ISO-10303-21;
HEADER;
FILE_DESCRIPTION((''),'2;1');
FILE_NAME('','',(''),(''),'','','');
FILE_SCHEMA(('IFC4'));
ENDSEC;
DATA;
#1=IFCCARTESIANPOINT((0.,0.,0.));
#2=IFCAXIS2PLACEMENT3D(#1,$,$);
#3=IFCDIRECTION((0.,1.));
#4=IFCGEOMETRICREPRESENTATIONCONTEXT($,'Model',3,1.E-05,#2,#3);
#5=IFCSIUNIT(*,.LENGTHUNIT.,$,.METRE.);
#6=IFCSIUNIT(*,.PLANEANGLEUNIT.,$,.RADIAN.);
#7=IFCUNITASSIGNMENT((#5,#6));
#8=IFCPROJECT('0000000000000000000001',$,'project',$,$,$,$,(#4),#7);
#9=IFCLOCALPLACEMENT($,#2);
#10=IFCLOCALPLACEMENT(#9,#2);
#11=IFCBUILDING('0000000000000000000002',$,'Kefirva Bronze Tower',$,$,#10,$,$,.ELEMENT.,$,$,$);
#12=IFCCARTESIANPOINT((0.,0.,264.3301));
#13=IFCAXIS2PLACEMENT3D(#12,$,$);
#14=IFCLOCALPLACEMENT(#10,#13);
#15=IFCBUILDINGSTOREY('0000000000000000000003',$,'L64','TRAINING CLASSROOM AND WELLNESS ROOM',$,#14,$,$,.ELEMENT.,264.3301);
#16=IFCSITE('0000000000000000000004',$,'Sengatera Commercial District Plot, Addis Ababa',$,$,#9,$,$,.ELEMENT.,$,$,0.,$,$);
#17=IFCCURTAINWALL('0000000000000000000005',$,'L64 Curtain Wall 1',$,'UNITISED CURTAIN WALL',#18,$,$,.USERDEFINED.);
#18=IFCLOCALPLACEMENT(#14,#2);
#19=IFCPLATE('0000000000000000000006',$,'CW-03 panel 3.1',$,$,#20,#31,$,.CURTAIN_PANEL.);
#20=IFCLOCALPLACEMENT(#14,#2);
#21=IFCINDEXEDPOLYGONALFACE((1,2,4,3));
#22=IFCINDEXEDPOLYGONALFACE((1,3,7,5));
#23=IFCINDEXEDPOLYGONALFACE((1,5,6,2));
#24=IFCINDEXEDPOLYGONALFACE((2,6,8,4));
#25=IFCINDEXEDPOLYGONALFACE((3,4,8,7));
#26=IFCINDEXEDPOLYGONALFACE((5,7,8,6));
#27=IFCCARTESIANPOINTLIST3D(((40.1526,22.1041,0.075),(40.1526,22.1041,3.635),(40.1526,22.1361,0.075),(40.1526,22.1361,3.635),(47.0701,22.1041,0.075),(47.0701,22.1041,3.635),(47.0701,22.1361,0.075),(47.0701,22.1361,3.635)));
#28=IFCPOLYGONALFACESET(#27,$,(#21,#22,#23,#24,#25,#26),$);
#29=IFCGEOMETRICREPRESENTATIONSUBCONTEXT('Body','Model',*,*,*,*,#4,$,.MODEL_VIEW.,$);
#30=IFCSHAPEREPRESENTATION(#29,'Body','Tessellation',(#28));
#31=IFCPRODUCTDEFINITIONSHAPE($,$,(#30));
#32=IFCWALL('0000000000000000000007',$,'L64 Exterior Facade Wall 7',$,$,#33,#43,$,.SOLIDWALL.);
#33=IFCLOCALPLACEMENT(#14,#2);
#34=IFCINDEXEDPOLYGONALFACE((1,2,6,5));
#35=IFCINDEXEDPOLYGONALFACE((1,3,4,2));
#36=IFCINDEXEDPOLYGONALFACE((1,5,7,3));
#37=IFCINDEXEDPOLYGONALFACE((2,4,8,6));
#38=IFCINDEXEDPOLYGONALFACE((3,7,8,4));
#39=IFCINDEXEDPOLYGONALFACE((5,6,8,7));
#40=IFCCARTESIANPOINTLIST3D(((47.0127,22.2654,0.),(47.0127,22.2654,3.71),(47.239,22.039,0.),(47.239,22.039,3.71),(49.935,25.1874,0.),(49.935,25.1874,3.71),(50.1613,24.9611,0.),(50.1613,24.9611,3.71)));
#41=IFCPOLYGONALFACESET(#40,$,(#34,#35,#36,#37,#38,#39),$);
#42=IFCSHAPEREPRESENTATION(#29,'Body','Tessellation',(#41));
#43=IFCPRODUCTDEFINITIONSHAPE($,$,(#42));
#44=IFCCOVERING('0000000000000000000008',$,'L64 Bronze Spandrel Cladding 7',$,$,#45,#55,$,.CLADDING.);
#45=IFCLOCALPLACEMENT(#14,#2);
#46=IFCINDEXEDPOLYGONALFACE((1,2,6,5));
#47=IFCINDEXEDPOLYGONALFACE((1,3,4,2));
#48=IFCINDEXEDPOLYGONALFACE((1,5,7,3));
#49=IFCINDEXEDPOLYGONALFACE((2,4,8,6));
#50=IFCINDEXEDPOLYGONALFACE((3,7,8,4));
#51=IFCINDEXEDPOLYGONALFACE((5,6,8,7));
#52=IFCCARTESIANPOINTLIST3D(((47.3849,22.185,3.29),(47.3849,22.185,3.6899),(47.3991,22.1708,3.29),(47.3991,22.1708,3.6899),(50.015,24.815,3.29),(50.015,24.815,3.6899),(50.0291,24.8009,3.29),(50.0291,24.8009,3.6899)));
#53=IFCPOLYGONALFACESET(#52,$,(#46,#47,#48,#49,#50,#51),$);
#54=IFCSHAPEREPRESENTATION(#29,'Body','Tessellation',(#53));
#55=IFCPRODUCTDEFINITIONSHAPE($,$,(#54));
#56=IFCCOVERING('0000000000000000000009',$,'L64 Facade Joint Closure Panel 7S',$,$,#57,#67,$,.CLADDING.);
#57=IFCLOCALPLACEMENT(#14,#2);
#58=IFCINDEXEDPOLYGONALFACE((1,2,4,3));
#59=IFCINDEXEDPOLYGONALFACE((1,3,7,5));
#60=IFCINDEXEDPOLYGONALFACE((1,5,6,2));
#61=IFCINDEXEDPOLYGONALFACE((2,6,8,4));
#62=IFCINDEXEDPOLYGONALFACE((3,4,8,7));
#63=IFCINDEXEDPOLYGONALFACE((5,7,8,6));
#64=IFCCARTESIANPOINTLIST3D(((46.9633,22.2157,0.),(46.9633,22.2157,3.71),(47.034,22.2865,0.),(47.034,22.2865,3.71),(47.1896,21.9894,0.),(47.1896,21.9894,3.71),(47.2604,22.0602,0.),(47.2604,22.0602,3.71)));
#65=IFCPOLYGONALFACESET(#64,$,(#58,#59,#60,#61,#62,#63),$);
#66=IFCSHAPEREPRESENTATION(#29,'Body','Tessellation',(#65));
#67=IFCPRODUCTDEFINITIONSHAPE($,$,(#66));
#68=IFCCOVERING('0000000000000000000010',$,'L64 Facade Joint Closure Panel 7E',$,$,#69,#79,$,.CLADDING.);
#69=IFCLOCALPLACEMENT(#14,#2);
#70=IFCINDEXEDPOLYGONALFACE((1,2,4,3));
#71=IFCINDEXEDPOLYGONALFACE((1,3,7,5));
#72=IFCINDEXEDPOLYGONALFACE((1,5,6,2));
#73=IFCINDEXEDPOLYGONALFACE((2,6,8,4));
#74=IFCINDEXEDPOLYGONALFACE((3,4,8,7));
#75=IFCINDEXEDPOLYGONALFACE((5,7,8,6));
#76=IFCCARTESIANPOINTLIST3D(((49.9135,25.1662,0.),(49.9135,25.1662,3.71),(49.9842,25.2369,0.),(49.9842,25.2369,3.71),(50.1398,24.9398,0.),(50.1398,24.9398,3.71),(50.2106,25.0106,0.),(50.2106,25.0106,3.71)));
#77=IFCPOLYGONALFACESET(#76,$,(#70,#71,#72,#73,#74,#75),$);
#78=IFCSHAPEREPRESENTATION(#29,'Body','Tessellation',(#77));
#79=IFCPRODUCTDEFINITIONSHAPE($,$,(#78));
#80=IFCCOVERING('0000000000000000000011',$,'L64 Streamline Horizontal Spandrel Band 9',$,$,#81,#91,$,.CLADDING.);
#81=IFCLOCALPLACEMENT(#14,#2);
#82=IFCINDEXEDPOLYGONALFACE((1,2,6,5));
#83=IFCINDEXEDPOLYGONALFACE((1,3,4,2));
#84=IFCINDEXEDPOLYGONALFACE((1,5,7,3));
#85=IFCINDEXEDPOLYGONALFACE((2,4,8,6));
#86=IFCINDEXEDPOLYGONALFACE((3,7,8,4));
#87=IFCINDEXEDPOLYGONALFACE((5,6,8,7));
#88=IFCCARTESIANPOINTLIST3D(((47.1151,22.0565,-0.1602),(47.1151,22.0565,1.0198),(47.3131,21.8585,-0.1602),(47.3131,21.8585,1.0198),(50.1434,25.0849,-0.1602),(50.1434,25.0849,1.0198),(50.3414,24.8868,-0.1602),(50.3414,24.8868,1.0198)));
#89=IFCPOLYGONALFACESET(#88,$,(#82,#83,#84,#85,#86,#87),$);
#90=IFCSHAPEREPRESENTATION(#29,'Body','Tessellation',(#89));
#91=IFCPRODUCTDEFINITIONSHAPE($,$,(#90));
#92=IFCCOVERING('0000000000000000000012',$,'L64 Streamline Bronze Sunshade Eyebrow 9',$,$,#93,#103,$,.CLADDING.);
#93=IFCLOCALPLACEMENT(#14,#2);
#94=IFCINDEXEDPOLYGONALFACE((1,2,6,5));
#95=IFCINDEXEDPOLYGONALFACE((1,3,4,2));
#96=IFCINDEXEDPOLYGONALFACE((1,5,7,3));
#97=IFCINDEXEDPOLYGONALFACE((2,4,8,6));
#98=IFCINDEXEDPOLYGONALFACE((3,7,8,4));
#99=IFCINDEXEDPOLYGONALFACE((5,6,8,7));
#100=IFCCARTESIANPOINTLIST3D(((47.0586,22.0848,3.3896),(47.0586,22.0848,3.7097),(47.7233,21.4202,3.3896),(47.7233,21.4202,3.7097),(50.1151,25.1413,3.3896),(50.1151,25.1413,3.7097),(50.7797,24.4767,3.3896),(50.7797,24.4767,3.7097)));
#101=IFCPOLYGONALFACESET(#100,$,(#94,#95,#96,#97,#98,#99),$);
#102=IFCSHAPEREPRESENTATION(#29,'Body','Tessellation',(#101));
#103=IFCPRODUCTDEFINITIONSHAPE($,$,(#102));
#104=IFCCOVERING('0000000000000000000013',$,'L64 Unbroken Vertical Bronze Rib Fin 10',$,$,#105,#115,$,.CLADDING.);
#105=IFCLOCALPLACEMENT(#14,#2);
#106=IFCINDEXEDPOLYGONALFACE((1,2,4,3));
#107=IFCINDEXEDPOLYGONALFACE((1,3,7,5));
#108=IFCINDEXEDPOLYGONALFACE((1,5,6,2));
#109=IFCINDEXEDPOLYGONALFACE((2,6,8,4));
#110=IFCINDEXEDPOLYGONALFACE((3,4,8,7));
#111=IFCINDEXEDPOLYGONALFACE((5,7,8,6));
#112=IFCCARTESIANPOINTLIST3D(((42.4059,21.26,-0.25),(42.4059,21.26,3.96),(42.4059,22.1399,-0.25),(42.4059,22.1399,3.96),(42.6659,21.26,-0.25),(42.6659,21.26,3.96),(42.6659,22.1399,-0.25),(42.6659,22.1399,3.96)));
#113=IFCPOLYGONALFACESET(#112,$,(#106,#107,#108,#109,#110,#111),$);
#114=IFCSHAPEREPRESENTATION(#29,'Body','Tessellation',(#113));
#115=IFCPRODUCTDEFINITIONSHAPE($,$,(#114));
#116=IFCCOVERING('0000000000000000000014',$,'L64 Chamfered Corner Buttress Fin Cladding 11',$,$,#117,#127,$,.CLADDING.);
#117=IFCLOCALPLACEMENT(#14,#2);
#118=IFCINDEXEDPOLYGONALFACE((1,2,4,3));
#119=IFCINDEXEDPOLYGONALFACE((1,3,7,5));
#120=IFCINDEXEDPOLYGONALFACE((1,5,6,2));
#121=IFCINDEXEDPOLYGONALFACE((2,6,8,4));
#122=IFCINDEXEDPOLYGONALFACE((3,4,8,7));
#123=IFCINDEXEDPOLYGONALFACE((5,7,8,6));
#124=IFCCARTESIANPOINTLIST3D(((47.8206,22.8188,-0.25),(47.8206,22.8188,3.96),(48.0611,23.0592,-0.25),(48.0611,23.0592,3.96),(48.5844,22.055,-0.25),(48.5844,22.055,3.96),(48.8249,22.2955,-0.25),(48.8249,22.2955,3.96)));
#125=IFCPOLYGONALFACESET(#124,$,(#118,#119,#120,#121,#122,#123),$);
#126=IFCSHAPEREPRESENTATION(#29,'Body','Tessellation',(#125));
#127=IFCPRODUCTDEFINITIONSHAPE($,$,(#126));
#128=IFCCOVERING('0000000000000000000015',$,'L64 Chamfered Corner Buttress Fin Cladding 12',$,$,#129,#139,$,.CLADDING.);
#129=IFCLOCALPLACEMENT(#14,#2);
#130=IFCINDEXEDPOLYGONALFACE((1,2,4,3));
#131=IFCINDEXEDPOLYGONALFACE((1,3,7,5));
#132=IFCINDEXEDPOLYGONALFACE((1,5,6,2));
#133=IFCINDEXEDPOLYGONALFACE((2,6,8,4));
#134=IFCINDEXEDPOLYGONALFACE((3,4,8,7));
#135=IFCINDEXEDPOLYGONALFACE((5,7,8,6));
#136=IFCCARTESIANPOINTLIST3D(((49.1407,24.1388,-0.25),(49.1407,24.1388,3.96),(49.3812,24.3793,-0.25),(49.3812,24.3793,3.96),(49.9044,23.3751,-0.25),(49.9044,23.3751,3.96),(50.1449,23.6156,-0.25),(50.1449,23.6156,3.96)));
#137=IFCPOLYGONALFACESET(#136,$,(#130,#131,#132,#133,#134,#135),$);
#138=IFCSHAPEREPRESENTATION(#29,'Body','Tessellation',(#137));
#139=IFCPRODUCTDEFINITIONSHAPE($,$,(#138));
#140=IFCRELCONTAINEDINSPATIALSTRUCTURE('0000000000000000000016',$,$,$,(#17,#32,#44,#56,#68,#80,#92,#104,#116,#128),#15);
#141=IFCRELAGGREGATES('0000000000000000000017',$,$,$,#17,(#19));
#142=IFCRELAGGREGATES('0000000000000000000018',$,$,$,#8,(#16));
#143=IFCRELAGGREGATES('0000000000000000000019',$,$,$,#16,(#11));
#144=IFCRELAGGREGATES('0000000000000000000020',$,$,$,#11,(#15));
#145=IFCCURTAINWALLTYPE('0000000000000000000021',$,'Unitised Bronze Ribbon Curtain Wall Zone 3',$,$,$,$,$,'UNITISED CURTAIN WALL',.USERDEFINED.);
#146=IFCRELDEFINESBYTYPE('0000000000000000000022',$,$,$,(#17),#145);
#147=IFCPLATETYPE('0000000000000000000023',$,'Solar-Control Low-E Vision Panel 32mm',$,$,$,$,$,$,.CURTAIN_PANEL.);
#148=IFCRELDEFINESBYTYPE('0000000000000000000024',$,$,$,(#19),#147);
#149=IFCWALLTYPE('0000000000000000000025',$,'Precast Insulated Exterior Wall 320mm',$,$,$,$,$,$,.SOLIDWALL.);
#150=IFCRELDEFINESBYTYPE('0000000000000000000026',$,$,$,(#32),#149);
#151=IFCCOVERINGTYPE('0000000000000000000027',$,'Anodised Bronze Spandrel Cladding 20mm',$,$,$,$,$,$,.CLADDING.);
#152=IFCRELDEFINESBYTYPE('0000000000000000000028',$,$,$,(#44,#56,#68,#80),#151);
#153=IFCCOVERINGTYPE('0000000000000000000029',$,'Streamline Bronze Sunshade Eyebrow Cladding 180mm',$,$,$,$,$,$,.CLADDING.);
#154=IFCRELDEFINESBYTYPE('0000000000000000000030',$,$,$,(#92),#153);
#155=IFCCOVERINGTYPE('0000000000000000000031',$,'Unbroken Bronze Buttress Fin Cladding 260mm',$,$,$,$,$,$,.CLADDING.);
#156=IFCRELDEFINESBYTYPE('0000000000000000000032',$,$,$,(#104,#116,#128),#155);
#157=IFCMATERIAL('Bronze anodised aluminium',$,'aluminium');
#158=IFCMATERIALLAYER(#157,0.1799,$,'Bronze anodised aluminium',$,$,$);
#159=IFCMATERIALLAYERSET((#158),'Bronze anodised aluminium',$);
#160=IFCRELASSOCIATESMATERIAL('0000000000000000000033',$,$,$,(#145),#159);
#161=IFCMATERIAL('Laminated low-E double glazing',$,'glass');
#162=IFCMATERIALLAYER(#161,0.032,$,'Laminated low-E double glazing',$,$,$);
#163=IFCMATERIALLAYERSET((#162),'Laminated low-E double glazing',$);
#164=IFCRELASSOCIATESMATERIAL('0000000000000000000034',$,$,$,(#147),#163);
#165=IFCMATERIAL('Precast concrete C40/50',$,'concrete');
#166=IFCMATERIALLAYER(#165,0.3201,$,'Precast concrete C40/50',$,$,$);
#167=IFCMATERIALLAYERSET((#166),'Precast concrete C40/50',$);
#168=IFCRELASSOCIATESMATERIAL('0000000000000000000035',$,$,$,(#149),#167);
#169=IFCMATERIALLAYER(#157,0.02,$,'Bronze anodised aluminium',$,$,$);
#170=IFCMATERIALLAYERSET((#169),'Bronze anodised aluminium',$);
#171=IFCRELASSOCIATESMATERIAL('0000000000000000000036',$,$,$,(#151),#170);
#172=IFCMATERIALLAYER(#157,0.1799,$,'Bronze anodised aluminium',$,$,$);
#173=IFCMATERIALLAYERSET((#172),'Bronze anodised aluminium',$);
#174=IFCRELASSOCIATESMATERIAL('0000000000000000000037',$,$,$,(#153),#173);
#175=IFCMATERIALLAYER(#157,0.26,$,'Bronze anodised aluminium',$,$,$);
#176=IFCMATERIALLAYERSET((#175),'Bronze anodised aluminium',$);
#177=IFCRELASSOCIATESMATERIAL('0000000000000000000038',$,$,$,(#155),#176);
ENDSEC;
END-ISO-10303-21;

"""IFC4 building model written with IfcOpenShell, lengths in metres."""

from ifc_helpers import new_model, si_unit, direction, frame, frame_2d, origin, origin_2d, place, context, subcontext, project, spatial, rectangle, extrude, material, layer, layer_set, type_object, element, aggregate, save


model = new_model("IFC4")

# Units and contexts
model_context = context("Model", 3, precision=1e-05, world=origin(), true_north=direction((0.0, 1.0)))
body_context = subcontext(model_context, "Body", "Model", "MODEL_VIEW")
ifc_project = project(units=[si_unit("LENGTHUNIT", "METRE"), si_unit("PLANEANGLEUNIT", "RADIAN")], contexts=[model_context])

# Site, building, storey
site_placement = place(None, origin())
site = spatial("IfcSite", under=ifc_project, at=site_placement, Name="Sengatera Commercial District Plot, Addis Ababa", CompositionType="ELEMENT", RefElevation=0.0)
building_placement = place(site_placement, origin())
building = spatial("IfcBuilding", under=site, at=building_placement, Name="Kefirva Bronze Tower", CompositionType="ELEMENT")
storey_placement = place(building_placement, frame((0.0, 0.0, 264.3301)))
storey = spatial("IfcBuildingStorey", under=building, at=storey_placement, Name="L64", Description="TRAINING CLASSROOM AND WELLNESS ROOM", CompositionType="ELEMENT", Elevation=264.3301)

# Curtain wall
ifc_material_1 = material(Name="Bronze anodised aluminium", Category="aluminium")
ifc_layer_1 = layer(ifc_material_1, 0.1799, Name="Bronze anodised aluminium")
ifc_layer_set_1 = layer_set([ifc_layer_1], Name="Bronze anodised aluminium")
curtain_wall_type = type_object("IfcCurtainWallType", Name="Unitised Bronze Ribbon Curtain Wall Zone 3", ElementType="UNITISED CURTAIN WALL", PredefinedType="USERDEFINED", material=ifc_layer_set_1)
curtain_wall_1_placement = place(storey_placement, origin())
curtain_wall_1 = element("IfcCurtainWall", 1, at=curtain_wall_1_placement, inside=storey, type_object=curtain_wall_type, Name="L64 Curtain Wall 1", ObjectType="UNITISED CURTAIN WALL", PredefinedType="USERDEFINED")

# Plate
ifc_material_2 = material(Name="Laminated low-E double glazing", Category="glass")
ifc_layer_2 = layer(ifc_material_2, 0.032, Name="Laminated low-E double glazing")
ifc_layer_set_2 = layer_set([ifc_layer_2], Name="Laminated low-E double glazing")
plate_type = type_object("IfcPlateType", Name="Solar-Control Low-E Vision Panel 32mm", PredefinedType="CURTAIN_PANEL", material=ifc_layer_set_2)
plate_placement = place(storey_placement, frame((43.6113, 22.1201, 0.075), z_axis=(0.0, 0.0, 1.0), x_axis=(1.0, 0.0, 0.0)))
plate = element("IfcPlate", 2, at=plate_placement, type_object=plate_type, Name="CW-03 panel 3.1", PredefinedType="CURTAIN_PANEL", context=body_context, shape_type="SweptSolid", body=[
    extrude(rectangle(XDim=6.9175, YDim=0.032, at=origin_2d()), origin(), (0.0, 0.0, 1.0), 3.5601),
])
aggregate(curtain_wall_1, [plate])

# Wall
ifc_material_3 = material(Name="Precast concrete C40/50", Category="concrete")
ifc_layer_3 = layer(ifc_material_3, 0.3201, Name="Precast concrete C40/50")
ifc_layer_set_3 = layer_set([ifc_layer_3], Name="Precast concrete C40/50")
wall_type = type_object("IfcWallType", Name="Precast Insulated Exterior Wall 320mm", PredefinedType="SOLIDWALL", material=ifc_layer_set_3)
wall_placement = place(storey_placement, frame((47.1257, 22.1521, 0.0), z_axis=(0.0, 0.0, 1.0), x_axis=(0.707136, 0.707077, 0.0)))
element("IfcWall", 3, at=wall_placement, inside=storey, type_object=wall_type, Name="L64 Exterior Facade Wall 7", PredefinedType="SOLIDWALL", context=body_context, shape_type="SweptSolid", body=[
    extrude(rectangle(XDim=4.1326, YDim=0.3201, at=frame_2d((2.0664, 0.0))), origin(), (0.0, 0.0, 1.0), 3.71),
])

# Coverings
ifc_layer_4 = layer(ifc_material_1, 0.02, Name="Bronze anodised aluminium")
ifc_layer_set_4 = layer_set([ifc_layer_4], Name="Bronze anodised aluminium")
covering_type_1 = type_object("IfcCoveringType", Name="Anodised Bronze Spandrel Cladding 20mm", PredefinedType="CLADDING", material=ifc_layer_set_4)
covering_1_placement = place(storey_placement, frame((48.707, 23.4929, 3.29), z_axis=(0.0, 0.0, 1.0), x_axis=(0.707107, 0.707107, 0.0)))
element("IfcCovering", 4, at=covering_1_placement, inside=storey, type_object=covering_type_1, Name="L64 Bronze Spandrel Cladding 7", PredefinedType="CLADDING", context=body_context, shape_type="SweptSolid", body=[
    extrude(rectangle(XDim=3.7195, YDim=0.02, at=origin_2d()), origin(), (0.0, 0.0, 1.0), 0.3999),
])
for number, where, z_axis, x_axis, name in (
    (5, (47.1118, 22.1379, 0.0), (0.0, 0.0, 1.0), (0.707107, 0.707107, 0.0), "L64 Facade Joint Closure Panel 7S"),
    (6, (50.062, 25.0884, 0.0), (0.0, 0.0, 1.0), (0.707107, 0.707107, 0.0), "L64 Facade Joint Closure Panel 7E"),
):
    element("IfcCovering", number, at=place(storey_placement, frame(where, z_axis=z_axis, x_axis=x_axis)), inside=storey, type_object=covering_type_1, Name=name, PredefinedType="CLADDING", context=body_context, shape_type="SweptSolid", body=[
        extrude(rectangle(XDim=0.1001, YDim=0.3201, at=origin_2d()), origin(), (0.0, 0.0, 1.0), 3.71),
    ])
covering_2_placement = place(storey_placement, frame((48.7283, 23.4717, -0.1602), z_axis=(0.0, 0.0, 1.0), x_axis=(0.707107, 0.707107, 0.0)))
element("IfcCovering", 7, at=covering_2_placement, inside=storey, type_object=covering_type_1, Name="L64 Streamline Horizontal Spandrel Band 9", PredefinedType="CLADDING", context=body_context, shape_type="SweptSolid", body=[
    extrude(rectangle(XDim=4.2827, YDim=0.28, at=origin_2d()), origin(), (0.0, 0.0, 1.0), 1.1799),
])
ifc_layer_5 = layer(ifc_material_1, 0.1799, Name="Bronze anodised aluminium")
ifc_layer_set_5 = layer_set([ifc_layer_5], Name="Bronze anodised aluminium")
covering_type_2 = type_object("IfcCoveringType", Name="Streamline Bronze Sunshade Eyebrow Cladding 180mm", PredefinedType="CLADDING", material=ifc_layer_set_5)
covering_3_placement = place(storey_placement, frame((48.9192, 23.2808, 3.3896), z_axis=(0.0, 0.0, 1.0), x_axis=(0.707107, 0.707107, 0.0)))
element("IfcCovering", 8, at=covering_3_placement, inside=storey, type_object=covering_type_2, Name="L64 Streamline Bronze Sunshade Eyebrow 9", PredefinedType="CLADDING", context=body_context, shape_type="SweptSolid", body=[
    extrude(rectangle(XDim=4.3225, YDim=0.9399, at=origin_2d()), origin(), (0.0, 0.0, 1.0), 0.3201),
])
ifc_layer_6 = layer(ifc_material_1, 0.26, Name="Bronze anodised aluminium")
ifc_layer_set_6 = layer_set([ifc_layer_6], Name="Bronze anodised aluminium")
covering_type_3 = type_object("IfcCoveringType", Name="Unbroken Bronze Buttress Fin Cladding 260mm", PredefinedType="CLADDING", material=ifc_layer_set_6)
covering_4_placement = place(storey_placement, frame((42.5359, 21.7, -0.25), z_axis=(0.0, 0.0, 1.0), x_axis=(1.0, 0.0, 0.0)))
element("IfcCovering", 9, at=covering_4_placement, inside=storey, type_object=covering_type_3, Name="L64 Unbroken Vertical Bronze Rib Fin 10", PredefinedType="CLADDING", context=body_context, shape_type="SweptSolid", body=[
    extrude(rectangle(XDim=0.26, YDim=0.8799, at=origin_2d()), origin(), (0.0, 0.0, 1.0), 4.21),
])
for number, where, z_axis, x_axis, name in (
    (10, (48.3228, 22.5571, -0.25), (0.0, 0.0, 1.0), (0.707107, 0.707107, 0.0), "L64 Chamfered Corner Buttress Fin Cladding 11"),
    (11, (49.6428, 23.8772, -0.25), (0.0, 0.0, 1.0), (0.707107, 0.707107, 0.0), "L64 Chamfered Corner Buttress Fin Cladding 12"),
):
    element("IfcCovering", number, at=place(storey_placement, frame(where, z_axis=z_axis, x_axis=x_axis)), inside=storey, type_object=covering_type_3, Name=name, PredefinedType="CLADDING", context=body_context, shape_type="SweptSolid", body=[
        extrude(rectangle(XDim=0.3401, YDim=1.0801, at=origin_2d()), origin(), (0.0, 0.0, 1.0), 4.21),
    ])

save(model, "model.ifc")
